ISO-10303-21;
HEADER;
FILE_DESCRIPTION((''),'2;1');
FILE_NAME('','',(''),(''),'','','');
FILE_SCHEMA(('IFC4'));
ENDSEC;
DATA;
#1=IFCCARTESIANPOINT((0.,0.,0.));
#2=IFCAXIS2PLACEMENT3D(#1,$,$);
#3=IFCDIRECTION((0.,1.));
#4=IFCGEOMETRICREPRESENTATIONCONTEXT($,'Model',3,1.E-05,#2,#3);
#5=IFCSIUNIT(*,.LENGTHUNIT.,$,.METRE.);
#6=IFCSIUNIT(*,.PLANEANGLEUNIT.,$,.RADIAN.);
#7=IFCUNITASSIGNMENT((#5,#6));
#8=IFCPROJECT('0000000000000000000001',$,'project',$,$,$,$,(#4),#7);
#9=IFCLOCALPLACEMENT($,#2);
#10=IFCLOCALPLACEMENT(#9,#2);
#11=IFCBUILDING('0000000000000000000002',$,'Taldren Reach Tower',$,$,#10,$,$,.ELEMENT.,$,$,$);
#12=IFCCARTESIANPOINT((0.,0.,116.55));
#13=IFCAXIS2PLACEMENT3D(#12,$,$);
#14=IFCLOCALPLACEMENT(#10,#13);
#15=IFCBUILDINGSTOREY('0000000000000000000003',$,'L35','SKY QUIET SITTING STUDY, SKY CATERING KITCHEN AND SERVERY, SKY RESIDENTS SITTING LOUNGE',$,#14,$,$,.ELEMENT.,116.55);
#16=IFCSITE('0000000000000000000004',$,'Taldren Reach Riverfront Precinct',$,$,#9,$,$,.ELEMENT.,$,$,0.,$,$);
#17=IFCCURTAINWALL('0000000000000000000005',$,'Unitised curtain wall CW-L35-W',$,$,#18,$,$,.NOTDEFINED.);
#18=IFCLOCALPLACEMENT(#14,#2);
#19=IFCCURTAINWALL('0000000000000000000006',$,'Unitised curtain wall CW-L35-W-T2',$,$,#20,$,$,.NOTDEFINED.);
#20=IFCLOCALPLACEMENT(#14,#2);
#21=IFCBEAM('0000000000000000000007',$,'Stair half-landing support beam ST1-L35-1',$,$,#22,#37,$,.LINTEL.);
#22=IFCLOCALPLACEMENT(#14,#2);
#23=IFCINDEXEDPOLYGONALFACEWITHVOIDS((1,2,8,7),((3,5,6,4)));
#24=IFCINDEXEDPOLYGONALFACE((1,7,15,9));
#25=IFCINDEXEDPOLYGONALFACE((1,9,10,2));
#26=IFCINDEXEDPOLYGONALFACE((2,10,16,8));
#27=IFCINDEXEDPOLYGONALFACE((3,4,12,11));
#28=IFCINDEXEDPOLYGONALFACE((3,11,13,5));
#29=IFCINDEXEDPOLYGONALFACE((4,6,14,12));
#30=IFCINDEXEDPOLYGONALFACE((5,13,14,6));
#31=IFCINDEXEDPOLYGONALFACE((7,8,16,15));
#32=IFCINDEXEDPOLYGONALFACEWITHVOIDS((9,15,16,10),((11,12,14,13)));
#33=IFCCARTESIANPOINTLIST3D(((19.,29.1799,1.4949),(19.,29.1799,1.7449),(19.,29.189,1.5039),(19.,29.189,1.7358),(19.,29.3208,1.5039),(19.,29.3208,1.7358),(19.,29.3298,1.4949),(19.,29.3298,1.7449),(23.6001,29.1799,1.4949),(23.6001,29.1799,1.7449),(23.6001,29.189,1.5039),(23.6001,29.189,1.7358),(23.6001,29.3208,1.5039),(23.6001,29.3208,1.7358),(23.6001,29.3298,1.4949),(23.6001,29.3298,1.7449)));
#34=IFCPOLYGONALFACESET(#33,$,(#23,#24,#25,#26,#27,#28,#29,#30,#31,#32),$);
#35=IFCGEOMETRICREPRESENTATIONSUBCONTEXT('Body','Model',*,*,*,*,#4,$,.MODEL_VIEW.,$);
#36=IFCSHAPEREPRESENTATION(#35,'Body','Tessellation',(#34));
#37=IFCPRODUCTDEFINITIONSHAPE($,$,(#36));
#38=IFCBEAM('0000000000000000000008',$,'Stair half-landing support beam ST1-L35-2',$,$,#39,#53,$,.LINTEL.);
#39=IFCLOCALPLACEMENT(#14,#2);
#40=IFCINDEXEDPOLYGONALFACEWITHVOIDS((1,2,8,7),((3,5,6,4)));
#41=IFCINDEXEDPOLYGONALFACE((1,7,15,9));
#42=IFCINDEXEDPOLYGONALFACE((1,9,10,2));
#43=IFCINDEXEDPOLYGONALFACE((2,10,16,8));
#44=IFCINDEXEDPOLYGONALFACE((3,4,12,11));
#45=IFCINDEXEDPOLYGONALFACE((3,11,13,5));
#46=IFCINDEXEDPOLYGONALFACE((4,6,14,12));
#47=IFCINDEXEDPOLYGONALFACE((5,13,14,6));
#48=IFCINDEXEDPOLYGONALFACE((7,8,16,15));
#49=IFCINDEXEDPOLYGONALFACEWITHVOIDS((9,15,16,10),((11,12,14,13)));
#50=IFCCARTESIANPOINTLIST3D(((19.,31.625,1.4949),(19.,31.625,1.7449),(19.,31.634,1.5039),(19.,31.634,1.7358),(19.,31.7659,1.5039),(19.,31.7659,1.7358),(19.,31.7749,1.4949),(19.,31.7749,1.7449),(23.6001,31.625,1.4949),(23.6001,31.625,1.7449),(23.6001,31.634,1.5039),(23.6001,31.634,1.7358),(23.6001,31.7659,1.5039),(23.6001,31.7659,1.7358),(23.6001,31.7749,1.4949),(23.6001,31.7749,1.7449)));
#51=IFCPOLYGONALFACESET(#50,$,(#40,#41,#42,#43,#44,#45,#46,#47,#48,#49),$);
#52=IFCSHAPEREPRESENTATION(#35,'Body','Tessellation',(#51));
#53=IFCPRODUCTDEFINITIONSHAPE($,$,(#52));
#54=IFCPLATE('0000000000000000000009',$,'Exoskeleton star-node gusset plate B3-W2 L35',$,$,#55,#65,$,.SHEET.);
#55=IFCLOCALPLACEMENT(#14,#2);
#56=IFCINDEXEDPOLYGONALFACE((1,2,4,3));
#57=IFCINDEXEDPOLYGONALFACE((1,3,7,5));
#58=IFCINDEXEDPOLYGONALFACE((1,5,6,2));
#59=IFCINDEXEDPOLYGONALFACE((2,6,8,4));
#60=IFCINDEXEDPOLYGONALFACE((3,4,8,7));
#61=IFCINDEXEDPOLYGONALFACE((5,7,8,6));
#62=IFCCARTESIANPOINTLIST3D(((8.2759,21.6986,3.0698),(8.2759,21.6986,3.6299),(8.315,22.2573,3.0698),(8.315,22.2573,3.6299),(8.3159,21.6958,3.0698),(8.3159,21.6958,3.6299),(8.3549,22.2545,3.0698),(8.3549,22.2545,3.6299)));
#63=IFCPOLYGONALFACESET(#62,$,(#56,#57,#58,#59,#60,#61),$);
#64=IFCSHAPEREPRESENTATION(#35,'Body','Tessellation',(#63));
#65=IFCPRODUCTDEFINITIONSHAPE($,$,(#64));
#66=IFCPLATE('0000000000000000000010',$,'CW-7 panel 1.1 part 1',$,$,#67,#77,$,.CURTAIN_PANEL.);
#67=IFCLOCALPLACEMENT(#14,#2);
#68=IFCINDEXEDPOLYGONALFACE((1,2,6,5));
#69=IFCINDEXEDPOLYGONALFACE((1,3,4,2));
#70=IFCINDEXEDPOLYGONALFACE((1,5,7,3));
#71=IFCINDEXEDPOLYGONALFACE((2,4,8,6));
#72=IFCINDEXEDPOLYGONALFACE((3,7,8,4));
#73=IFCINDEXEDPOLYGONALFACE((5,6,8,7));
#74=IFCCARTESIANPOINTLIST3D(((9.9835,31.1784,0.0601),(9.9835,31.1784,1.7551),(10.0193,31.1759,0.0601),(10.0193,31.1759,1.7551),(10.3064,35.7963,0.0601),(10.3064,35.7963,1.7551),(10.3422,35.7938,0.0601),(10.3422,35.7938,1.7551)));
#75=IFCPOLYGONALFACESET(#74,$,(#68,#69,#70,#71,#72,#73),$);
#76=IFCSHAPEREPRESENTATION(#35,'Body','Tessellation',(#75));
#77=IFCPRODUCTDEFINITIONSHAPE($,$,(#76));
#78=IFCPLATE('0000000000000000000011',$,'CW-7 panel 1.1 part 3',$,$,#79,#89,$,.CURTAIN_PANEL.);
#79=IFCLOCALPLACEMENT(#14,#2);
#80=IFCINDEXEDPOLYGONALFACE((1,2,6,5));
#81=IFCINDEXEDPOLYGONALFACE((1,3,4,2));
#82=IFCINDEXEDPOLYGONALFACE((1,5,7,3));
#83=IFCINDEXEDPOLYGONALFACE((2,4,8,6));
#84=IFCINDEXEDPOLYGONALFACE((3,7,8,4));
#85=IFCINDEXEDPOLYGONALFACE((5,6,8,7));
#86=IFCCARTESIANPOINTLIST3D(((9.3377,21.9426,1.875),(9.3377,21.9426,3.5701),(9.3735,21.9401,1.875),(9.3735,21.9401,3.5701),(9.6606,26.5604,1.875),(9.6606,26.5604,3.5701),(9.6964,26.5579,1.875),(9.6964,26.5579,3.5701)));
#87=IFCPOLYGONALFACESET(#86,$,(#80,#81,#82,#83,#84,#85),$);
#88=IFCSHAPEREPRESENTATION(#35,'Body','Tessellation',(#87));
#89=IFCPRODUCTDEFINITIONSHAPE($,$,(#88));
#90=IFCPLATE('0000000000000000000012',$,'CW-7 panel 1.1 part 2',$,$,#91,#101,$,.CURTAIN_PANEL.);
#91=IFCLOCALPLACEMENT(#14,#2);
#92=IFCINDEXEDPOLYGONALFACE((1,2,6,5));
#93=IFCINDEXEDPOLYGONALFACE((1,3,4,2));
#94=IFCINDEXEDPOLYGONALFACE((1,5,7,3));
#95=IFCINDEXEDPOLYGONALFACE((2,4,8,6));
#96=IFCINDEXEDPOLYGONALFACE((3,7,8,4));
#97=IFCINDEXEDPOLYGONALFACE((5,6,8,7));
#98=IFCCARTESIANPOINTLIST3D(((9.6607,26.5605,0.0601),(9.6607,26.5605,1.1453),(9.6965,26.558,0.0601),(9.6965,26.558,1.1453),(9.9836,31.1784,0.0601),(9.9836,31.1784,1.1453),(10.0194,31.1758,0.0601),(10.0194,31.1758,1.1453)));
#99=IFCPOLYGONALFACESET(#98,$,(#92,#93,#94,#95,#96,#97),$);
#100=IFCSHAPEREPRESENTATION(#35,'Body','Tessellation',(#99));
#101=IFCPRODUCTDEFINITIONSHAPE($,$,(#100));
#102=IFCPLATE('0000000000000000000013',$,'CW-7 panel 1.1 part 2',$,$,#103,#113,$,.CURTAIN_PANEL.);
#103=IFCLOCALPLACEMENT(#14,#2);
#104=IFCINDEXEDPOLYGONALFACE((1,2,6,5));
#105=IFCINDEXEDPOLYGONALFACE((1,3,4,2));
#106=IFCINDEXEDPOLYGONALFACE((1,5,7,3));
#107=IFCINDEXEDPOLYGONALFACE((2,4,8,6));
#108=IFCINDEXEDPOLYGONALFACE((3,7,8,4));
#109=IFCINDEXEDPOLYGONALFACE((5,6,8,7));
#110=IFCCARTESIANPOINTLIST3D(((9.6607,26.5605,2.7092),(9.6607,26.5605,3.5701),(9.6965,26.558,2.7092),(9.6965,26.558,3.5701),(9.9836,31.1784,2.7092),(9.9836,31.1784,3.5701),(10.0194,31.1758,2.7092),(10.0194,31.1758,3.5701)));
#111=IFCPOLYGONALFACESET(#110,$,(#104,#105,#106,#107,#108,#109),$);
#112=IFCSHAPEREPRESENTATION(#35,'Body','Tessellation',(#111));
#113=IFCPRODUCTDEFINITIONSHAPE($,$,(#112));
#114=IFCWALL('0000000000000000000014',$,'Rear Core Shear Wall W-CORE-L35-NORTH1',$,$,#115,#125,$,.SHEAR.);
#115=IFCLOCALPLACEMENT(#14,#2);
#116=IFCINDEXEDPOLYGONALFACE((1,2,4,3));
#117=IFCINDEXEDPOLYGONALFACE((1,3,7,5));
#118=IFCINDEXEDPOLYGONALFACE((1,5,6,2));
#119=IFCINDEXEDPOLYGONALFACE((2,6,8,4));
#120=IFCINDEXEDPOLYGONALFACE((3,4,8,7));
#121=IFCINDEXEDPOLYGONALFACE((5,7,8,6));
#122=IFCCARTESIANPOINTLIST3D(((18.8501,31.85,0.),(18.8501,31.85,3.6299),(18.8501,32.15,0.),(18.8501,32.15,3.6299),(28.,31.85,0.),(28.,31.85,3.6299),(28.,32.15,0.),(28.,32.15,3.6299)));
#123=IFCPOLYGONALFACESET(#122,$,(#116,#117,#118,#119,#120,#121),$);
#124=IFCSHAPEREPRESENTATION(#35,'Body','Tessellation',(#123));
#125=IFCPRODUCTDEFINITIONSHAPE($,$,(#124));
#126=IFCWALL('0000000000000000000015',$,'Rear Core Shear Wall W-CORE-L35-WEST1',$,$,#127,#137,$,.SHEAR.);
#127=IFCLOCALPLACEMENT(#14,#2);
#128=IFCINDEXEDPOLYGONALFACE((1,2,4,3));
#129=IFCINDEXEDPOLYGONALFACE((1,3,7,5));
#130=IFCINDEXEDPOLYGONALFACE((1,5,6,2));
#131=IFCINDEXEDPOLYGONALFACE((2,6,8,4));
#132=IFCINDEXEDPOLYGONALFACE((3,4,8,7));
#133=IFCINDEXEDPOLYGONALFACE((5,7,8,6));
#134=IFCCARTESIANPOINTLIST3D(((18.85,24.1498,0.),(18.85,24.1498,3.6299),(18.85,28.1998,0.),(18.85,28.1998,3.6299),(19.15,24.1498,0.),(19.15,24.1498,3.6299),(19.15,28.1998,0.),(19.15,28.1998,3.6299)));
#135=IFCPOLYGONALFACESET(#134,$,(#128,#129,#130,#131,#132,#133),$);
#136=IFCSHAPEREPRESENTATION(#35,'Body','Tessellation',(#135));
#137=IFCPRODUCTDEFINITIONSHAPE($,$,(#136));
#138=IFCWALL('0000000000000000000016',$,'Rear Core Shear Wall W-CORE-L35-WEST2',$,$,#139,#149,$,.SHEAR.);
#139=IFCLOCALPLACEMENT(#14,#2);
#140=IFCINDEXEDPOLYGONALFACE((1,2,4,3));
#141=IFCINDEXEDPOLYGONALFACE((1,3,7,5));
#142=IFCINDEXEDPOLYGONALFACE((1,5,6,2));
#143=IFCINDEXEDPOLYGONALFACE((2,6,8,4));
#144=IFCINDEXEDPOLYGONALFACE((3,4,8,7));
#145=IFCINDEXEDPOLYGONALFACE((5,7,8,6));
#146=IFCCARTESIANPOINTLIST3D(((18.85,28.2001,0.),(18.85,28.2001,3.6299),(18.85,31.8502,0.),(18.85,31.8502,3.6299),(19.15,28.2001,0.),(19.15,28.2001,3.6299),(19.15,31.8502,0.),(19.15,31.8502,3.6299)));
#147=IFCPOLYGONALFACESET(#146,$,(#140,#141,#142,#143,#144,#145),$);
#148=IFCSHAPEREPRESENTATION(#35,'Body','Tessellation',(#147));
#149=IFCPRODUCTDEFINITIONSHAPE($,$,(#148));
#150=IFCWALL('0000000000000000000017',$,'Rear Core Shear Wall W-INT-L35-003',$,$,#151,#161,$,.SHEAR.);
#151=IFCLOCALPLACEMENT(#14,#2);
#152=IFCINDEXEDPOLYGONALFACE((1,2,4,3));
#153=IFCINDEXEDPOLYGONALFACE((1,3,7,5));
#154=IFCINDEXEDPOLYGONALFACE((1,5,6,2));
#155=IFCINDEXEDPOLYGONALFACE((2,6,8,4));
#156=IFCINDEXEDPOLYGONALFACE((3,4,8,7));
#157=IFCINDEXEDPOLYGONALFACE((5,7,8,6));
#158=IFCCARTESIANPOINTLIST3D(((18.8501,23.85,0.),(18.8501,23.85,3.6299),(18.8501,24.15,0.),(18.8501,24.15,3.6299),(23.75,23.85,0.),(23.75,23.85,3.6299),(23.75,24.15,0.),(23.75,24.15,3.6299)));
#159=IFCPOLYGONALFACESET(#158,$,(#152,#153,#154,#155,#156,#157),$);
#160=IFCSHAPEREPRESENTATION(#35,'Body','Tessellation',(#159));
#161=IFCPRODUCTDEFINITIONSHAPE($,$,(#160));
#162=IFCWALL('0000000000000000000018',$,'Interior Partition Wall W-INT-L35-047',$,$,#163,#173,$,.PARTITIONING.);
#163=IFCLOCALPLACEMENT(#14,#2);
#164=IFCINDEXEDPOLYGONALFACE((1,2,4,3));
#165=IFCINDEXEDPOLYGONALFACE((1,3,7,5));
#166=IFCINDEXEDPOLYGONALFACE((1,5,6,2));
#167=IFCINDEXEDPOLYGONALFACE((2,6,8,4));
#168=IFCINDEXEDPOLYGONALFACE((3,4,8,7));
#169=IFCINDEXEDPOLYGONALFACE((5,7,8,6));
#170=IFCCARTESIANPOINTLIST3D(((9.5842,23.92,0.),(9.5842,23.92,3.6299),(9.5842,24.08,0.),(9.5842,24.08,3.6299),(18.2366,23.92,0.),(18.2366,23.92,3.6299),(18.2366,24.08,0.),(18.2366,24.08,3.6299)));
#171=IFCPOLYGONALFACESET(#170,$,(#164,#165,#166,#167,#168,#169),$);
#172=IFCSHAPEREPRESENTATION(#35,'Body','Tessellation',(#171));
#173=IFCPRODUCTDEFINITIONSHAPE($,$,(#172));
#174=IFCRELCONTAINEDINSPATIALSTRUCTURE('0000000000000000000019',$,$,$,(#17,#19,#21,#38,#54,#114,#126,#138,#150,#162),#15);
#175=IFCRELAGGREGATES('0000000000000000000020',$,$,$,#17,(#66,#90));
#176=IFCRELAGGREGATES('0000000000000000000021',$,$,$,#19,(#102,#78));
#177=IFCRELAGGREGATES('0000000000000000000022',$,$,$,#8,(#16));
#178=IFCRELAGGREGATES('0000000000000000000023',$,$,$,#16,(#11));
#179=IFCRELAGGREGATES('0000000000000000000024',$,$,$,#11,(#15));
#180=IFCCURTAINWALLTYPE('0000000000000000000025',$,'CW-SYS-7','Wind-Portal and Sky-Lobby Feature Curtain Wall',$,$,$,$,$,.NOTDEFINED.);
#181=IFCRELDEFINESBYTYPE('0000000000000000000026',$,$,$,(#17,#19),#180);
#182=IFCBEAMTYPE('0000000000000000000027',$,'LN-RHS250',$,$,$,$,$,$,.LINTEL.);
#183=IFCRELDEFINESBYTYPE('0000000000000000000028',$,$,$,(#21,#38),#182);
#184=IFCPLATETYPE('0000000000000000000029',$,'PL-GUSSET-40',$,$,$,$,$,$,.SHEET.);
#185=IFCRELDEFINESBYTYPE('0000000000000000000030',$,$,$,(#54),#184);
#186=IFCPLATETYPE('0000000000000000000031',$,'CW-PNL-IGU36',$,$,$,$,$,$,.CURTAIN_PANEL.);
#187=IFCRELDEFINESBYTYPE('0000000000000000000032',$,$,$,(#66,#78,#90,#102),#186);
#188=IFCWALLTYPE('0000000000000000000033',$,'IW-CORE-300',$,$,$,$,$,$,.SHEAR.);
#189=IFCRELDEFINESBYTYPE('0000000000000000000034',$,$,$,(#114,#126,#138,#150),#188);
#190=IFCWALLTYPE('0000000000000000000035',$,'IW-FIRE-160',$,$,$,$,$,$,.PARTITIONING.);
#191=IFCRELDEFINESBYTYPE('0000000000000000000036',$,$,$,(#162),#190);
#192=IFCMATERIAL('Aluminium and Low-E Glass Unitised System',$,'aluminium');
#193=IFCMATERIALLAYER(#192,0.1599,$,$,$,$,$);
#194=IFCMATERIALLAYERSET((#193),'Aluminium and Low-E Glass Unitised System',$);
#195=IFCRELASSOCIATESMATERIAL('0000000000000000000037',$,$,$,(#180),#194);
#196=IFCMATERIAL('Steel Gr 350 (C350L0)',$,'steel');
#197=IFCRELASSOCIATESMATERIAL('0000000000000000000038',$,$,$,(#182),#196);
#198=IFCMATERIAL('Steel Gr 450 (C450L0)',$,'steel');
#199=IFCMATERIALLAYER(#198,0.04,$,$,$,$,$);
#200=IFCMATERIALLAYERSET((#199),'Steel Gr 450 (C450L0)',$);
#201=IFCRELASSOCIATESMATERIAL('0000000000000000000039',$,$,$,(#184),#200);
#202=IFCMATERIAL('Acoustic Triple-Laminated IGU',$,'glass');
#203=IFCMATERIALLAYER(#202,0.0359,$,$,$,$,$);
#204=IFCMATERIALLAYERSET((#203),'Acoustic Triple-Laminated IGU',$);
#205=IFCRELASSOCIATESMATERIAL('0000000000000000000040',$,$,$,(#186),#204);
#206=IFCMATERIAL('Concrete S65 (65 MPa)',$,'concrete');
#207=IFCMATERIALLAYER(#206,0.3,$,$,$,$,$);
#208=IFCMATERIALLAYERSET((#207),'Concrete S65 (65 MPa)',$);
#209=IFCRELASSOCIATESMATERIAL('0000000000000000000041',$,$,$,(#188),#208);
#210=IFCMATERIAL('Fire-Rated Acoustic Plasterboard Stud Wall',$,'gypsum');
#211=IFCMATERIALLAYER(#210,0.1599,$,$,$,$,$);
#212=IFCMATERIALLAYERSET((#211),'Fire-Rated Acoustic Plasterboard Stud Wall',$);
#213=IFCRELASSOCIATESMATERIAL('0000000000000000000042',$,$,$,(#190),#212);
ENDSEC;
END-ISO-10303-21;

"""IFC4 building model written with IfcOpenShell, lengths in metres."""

from ifc_helpers import new_model, si_unit, direction, frame, frame_2d, origin, origin_2d, place, context, subcontext, project, spatial, rectangle, hollow_rectangle, extrude, source, transform, mapped, material, layer, layer_set, material_profile, profile_set, type_object, element, aggregate, save


model = new_model("IFC4")

# Units and contexts
model_context = context("Model", 3, precision=1e-05, world=origin(), true_north=direction((0.0, 1.0)))
body_context = subcontext(model_context, "Body", "Model", "MODEL_VIEW")
ifc_project = project(units=[si_unit("LENGTHUNIT", "METRE"), si_unit("PLANEANGLEUNIT", "RADIAN")], contexts=[model_context])

# Site, building, storey
site_placement = place(None, origin())
site = spatial("IfcSite", under=ifc_project, at=site_placement, Name="Taldren Reach Riverfront Precinct", CompositionType="ELEMENT", RefElevation=0.0)
building_placement = place(site_placement, origin())
building = spatial("IfcBuilding", under=site, at=building_placement, Name="Taldren Reach Tower", CompositionType="ELEMENT")
storey_placement = place(building_placement, frame((0.0, 0.0, 116.55)))
storey = spatial("IfcBuildingStorey", under=building, at=storey_placement, Name="L35", Description="SKY QUIET SITTING STUDY, SKY CATERING KITCHEN AND SERVERY, SKY RESIDENTS SITTING LOUNGE", CompositionType="ELEMENT", Elevation=116.55)

# Shared definitions
ifc_material_1 = material(Name="Steel Gr 450 (C450L0)", Category="steel")

# Shared definitions
ifc_material_2 = material(Name="Steel Gr 350 (C350L0)", Category="steel")

# Curtain walls
ifc_material_3 = material(Name="Aluminium and Low-E Glass Unitised System", Category="aluminium")
ifc_layer_1 = layer(ifc_material_3, 0.1599)
ifc_layer_set_1 = layer_set([ifc_layer_1], Name="Aluminium and Low-E Glass Unitised System")
curtain_wall_type = type_object("IfcCurtainWallType", Name="CW-SYS-7", Description="Wind-Portal and Sky-Lobby Feature Curtain Wall", PredefinedType="NOTDEFINED", material=ifc_layer_set_1)
curtain_wall_1_placement = place(storey_placement, origin())
curtain_wall_1 = element("IfcCurtainWall", 1, at=curtain_wall_1_placement, inside=storey, type_object=curtain_wall_type, Name="Unitised curtain wall CW-L35-W", PredefinedType="NOTDEFINED")
curtain_wall_2_placement = place(storey_placement, origin())
curtain_wall_2 = element("IfcCurtainWall", 2, at=curtain_wall_2_placement, inside=storey, type_object=curtain_wall_type, Name="Unitised curtain wall CW-L35-W-T2", PredefinedType="NOTDEFINED")

# Beams
ifc_material_profile_1 = material_profile(ifc_material_2, hollow_rectangle(XDim=0.1499, YDim=0.25, WallThickness=0.009, at=origin_2d()), Name="250x150x9.0RHS")
ifc_profile_set_1 = profile_set([ifc_material_profile_1], Name="Steel Gr 350 (C350L0)")
beam_type_1 = type_object("IfcBeamType", Name="LN-RHS250", PredefinedType="LINTEL", material=ifc_profile_set_1)
shared_shape_1 = source(origin(), body_context, "Body", "SweptSolid", [
    extrude(hollow_rectangle(XDim=0.1499, YDim=0.25, WallThickness=0.009, at=origin_2d()), origin(), (0.0, 0.0, 1.0), 4.6001),
])
for number, where, z_axis, x_axis, name in (
    (3, (19.0, 29.2549, 1.6199), (1.0, 0.0, 0.0), (0.0, 1.0, 0.0), "Stair half-landing support beam ST1-L35-1"),
    (4, (19.0, 31.7, 1.6199), (1.0, 0.0, 0.0), (0.0, 1.0, 0.0), "Stair half-landing support beam ST1-L35-2"),
):
    element("IfcBeam", number, at=place(storey_placement, frame(where, z_axis=z_axis, x_axis=x_axis)), inside=storey, type_object=beam_type_1, Name=name, PredefinedType="LINTEL", context=body_context, shape_type="MappedRepresentation", body=[
        mapped(shared_shape_1, transform((0.0, 0.0, 0.0), scale=1.0)),
    ])

# Plates
ifc_layer_2 = layer(ifc_material_1, 0.04)
ifc_layer_set_2 = layer_set([ifc_layer_2], Name="Steel Gr 450 (C450L0)")
plate_type_1 = type_object("IfcPlateType", Name="PL-GUSSET-40", PredefinedType="SHEET", material=ifc_layer_set_2)
shared_shape_2 = source(origin(), body_context, "Body", "SweptSolid", [
    extrude(rectangle(XDim=0.5601, YDim=0.04, at=origin_2d()), origin(), (0.0, 0.0, 1.0), 0.5601),
])
plate_1_placement = place(storey_placement, frame((8.3154, 21.9766, 3.0698), z_axis=(0.0, 0.0, 1.0), x_axis=(0.069756, 0.997564, 0.0)))
element("IfcPlate", 5, at=plate_1_placement, inside=storey, type_object=plate_type_1, Name="Exoskeleton star-node gusset plate B3-W2 L35", PredefinedType="SHEET", context=body_context, shape_type="MappedRepresentation", body=[
    mapped(shared_shape_2, transform((0.0, 0.0, 0.0), scale=1.0)),
])
ifc_material_4 = material(Name="Acoustic Triple-Laminated IGU", Category="glass")
ifc_layer_3 = layer(ifc_material_4, 0.0359)
ifc_layer_set_3 = layer_set([ifc_layer_3], Name="Acoustic Triple-Laminated IGU")
plate_type_2 = type_object("IfcPlateType", Name="CW-PNL-IGU36", PredefinedType="CURTAIN_PANEL", material=ifc_layer_set_3)
shared_shape_3 = source(origin(), body_context, "Body", "SweptSolid", [
    extrude(rectangle(XDim=4.6292, YDim=0.0359, at=origin_2d()), origin(), (0.0, 0.0, 1.0), 1.6951),
])
plate_2_placement = place(storey_placement, frame((10.1628, 33.4861, 0.0601), z_axis=(0.0, 0.0, 1.0), x_axis=(-0.069756, -0.997564, 0.0)))
plate_2 = element("IfcPlate", 6, at=plate_2_placement, type_object=plate_type_2, Name="CW-7 panel 1.1 part 1", PredefinedType="CURTAIN_PANEL", context=body_context, shape_type="MappedRepresentation", body=[
    mapped(shared_shape_3, transform((0.0, 0.0, 0.0), scale=1.0)),
])
plate_3_placement = place(storey_placement, frame((9.5171, 24.2502, 1.875), z_axis=(0.0, 0.0, 1.0), x_axis=(-0.069756, -0.997564, 0.0)))
plate_3 = element("IfcPlate", 7, at=plate_3_placement, type_object=plate_type_2, Name="CW-7 panel 1.1 part 3", PredefinedType="CURTAIN_PANEL", context=body_context, shape_type="MappedRepresentation", body=[
    mapped(shared_shape_3, transform((0.0, 0.0, 0.0), scale=1.0)),
])
shared_shape_4 = source(origin(), body_context, "Body", "SweptSolid", [
    extrude(rectangle(XDim=4.6292, YDim=0.0359, at=origin_2d()), origin(), (0.0, 0.0, 1.0), 1.0852),
])
plate_4_placement = place(storey_placement, frame((9.8401, 28.8682, 0.0601), z_axis=(0.0, 0.0, 1.0), x_axis=(-0.069756, -0.997564, 0.0)))
plate_4 = element("IfcPlate", 8, at=plate_4_placement, type_object=plate_type_2, Name="CW-7 panel 1.1 part 2", PredefinedType="CURTAIN_PANEL", context=body_context, shape_type="MappedRepresentation", body=[
    mapped(shared_shape_4, transform((0.0, 0.0, 0.0), scale=1.0)),
])
aggregate(curtain_wall_1, [plate_2, plate_4])
shared_shape_5 = source(origin(), body_context, "Body", "SweptSolid", [
    extrude(rectangle(XDim=4.6292, YDim=0.0359, at=origin_2d()), origin(), (0.0, 0.0, 1.0), 0.8608),
])
plate_5_placement = place(storey_placement, frame((9.8401, 28.8682, 2.7092), z_axis=(0.0, 0.0, 1.0), x_axis=(-0.069756, -0.997564, 0.0)))
plate_5 = element("IfcPlate", 9, at=plate_5_placement, type_object=plate_type_2, Name="CW-7 panel 1.1 part 2", PredefinedType="CURTAIN_PANEL", context=body_context, shape_type="MappedRepresentation", body=[
    mapped(shared_shape_5, transform((0.0, 0.0, 0.0), scale=1.0)),
])
aggregate(curtain_wall_2, [plate_5, plate_3])

# Walls
ifc_material_5 = material(Name="Concrete S65 (65 MPa)", Category="concrete")
ifc_layer_4 = layer(ifc_material_5, 0.3)
ifc_layer_set_4 = layer_set([ifc_layer_4], Name="Concrete S65 (65 MPa)")
wall_type_1 = type_object("IfcWallType", Name="IW-CORE-300", PredefinedType="SHEAR", material=ifc_layer_set_4)
shared_shape_6 = source(origin(), body_context, "Body", "SweptSolid", [
    extrude(rectangle(XDim=9.1499, YDim=0.3, at=frame_2d((4.575, 0.0))), origin(), (0.0, 0.0, 1.0), 3.6299),
])
wall_1_placement = place(storey_placement, frame((18.8501, 32.0, 0.0), z_axis=(0.0, 0.0, 1.0), x_axis=(1.0, 0.0, 0.0)))
element("IfcWall", 10, at=wall_1_placement, inside=storey, type_object=wall_type_1, Name="Rear Core Shear Wall W-CORE-L35-NORTH1", PredefinedType="SHEAR", context=body_context, shape_type="MappedRepresentation", body=[
    mapped(shared_shape_6, transform((0.0, 0.0, 0.0), scale=1.0)),
])
shared_shape_7 = source(origin(), body_context, "Body", "SweptSolid", [
    extrude(rectangle(XDim=4.05, YDim=0.3, at=frame_2d((2.0249, 0.0))), origin(), (0.0, 0.0, 1.0), 3.6299),
])
wall_2_placement = place(storey_placement, frame((19.0, 24.1499, 0.0), z_axis=(0.0, 0.0, 1.0), x_axis=(0.0, 1.0, 0.0)))
element("IfcWall", 11, at=wall_2_placement, inside=storey, type_object=wall_type_1, Name="Rear Core Shear Wall W-CORE-L35-WEST1", PredefinedType="SHEAR", context=body_context, shape_type="MappedRepresentation", body=[
    mapped(shared_shape_7, transform((0.0, 0.0, 0.0), scale=1.0)),
])
shared_shape_8 = source(origin(), body_context, "Body", "SweptSolid", [
    extrude(rectangle(XDim=3.6501, YDim=0.3, at=frame_2d((1.8252, 0.0))), origin(), (0.0, 0.0, 1.0), 3.6299),
])
wall_3_placement = place(storey_placement, frame((19.0, 28.2, 0.0), z_axis=(0.0, 0.0, 1.0), x_axis=(0.0, 1.0, 0.0)))
element("IfcWall", 12, at=wall_3_placement, inside=storey, type_object=wall_type_1, Name="Rear Core Shear Wall W-CORE-L35-WEST2", PredefinedType="SHEAR", context=body_context, shape_type="MappedRepresentation", body=[
    mapped(shared_shape_8, transform((0.0, 0.0, 0.0), scale=1.0)),
])
shared_shape_9 = source(origin(), body_context, "Body", "SweptSolid", [
    extrude(rectangle(XDim=4.8999, YDim=0.3, at=frame_2d((2.45, 0.0))), origin(), (0.0, 0.0, 1.0), 3.6299),
])
wall_4_placement = place(storey_placement, frame((18.8501, 24.0, 0.0), z_axis=(0.0, 0.0, 1.0), x_axis=(1.0, 0.0, 0.0)))
element("IfcWall", 13, at=wall_4_placement, inside=storey, type_object=wall_type_1, Name="Rear Core Shear Wall W-INT-L35-003", PredefinedType="SHEAR", context=body_context, shape_type="MappedRepresentation", body=[
    mapped(shared_shape_9, transform((0.0, 0.0, 0.0), scale=1.0)),
])
ifc_material_6 = material(Name="Fire-Rated Acoustic Plasterboard Stud Wall", Category="gypsum")
ifc_layer_5 = layer(ifc_material_6, 0.1599)
ifc_layer_set_5 = layer_set([ifc_layer_5], Name="Fire-Rated Acoustic Plasterboard Stud Wall")
wall_type_2 = type_object("IfcWallType", Name="IW-FIRE-160", PredefinedType="PARTITIONING", material=ifc_layer_set_5)
shared_shape_10 = source(origin(), body_context, "Body", "SweptSolid", [
    extrude(rectangle(XDim=8.6523, YDim=0.1599, at=frame_2d((4.3262, 0.0))), origin(), (0.0, 0.0, 1.0), 3.6299),
])
wall_5_placement = place(storey_placement, frame((9.5842, 24.0, 0.0), z_axis=(0.0, 0.0, 1.0), x_axis=(1.0, 0.0, 0.0)))
element("IfcWall", 14, at=wall_5_placement, inside=storey, type_object=wall_type_2, Name="Interior Partition Wall W-INT-L35-047", PredefinedType="PARTITIONING", context=body_context, shape_type="MappedRepresentation", body=[
    mapped(shared_shape_10, transform((0.0, 0.0, 0.0), scale=1.0)),
])

save(model, "model.ifc")
